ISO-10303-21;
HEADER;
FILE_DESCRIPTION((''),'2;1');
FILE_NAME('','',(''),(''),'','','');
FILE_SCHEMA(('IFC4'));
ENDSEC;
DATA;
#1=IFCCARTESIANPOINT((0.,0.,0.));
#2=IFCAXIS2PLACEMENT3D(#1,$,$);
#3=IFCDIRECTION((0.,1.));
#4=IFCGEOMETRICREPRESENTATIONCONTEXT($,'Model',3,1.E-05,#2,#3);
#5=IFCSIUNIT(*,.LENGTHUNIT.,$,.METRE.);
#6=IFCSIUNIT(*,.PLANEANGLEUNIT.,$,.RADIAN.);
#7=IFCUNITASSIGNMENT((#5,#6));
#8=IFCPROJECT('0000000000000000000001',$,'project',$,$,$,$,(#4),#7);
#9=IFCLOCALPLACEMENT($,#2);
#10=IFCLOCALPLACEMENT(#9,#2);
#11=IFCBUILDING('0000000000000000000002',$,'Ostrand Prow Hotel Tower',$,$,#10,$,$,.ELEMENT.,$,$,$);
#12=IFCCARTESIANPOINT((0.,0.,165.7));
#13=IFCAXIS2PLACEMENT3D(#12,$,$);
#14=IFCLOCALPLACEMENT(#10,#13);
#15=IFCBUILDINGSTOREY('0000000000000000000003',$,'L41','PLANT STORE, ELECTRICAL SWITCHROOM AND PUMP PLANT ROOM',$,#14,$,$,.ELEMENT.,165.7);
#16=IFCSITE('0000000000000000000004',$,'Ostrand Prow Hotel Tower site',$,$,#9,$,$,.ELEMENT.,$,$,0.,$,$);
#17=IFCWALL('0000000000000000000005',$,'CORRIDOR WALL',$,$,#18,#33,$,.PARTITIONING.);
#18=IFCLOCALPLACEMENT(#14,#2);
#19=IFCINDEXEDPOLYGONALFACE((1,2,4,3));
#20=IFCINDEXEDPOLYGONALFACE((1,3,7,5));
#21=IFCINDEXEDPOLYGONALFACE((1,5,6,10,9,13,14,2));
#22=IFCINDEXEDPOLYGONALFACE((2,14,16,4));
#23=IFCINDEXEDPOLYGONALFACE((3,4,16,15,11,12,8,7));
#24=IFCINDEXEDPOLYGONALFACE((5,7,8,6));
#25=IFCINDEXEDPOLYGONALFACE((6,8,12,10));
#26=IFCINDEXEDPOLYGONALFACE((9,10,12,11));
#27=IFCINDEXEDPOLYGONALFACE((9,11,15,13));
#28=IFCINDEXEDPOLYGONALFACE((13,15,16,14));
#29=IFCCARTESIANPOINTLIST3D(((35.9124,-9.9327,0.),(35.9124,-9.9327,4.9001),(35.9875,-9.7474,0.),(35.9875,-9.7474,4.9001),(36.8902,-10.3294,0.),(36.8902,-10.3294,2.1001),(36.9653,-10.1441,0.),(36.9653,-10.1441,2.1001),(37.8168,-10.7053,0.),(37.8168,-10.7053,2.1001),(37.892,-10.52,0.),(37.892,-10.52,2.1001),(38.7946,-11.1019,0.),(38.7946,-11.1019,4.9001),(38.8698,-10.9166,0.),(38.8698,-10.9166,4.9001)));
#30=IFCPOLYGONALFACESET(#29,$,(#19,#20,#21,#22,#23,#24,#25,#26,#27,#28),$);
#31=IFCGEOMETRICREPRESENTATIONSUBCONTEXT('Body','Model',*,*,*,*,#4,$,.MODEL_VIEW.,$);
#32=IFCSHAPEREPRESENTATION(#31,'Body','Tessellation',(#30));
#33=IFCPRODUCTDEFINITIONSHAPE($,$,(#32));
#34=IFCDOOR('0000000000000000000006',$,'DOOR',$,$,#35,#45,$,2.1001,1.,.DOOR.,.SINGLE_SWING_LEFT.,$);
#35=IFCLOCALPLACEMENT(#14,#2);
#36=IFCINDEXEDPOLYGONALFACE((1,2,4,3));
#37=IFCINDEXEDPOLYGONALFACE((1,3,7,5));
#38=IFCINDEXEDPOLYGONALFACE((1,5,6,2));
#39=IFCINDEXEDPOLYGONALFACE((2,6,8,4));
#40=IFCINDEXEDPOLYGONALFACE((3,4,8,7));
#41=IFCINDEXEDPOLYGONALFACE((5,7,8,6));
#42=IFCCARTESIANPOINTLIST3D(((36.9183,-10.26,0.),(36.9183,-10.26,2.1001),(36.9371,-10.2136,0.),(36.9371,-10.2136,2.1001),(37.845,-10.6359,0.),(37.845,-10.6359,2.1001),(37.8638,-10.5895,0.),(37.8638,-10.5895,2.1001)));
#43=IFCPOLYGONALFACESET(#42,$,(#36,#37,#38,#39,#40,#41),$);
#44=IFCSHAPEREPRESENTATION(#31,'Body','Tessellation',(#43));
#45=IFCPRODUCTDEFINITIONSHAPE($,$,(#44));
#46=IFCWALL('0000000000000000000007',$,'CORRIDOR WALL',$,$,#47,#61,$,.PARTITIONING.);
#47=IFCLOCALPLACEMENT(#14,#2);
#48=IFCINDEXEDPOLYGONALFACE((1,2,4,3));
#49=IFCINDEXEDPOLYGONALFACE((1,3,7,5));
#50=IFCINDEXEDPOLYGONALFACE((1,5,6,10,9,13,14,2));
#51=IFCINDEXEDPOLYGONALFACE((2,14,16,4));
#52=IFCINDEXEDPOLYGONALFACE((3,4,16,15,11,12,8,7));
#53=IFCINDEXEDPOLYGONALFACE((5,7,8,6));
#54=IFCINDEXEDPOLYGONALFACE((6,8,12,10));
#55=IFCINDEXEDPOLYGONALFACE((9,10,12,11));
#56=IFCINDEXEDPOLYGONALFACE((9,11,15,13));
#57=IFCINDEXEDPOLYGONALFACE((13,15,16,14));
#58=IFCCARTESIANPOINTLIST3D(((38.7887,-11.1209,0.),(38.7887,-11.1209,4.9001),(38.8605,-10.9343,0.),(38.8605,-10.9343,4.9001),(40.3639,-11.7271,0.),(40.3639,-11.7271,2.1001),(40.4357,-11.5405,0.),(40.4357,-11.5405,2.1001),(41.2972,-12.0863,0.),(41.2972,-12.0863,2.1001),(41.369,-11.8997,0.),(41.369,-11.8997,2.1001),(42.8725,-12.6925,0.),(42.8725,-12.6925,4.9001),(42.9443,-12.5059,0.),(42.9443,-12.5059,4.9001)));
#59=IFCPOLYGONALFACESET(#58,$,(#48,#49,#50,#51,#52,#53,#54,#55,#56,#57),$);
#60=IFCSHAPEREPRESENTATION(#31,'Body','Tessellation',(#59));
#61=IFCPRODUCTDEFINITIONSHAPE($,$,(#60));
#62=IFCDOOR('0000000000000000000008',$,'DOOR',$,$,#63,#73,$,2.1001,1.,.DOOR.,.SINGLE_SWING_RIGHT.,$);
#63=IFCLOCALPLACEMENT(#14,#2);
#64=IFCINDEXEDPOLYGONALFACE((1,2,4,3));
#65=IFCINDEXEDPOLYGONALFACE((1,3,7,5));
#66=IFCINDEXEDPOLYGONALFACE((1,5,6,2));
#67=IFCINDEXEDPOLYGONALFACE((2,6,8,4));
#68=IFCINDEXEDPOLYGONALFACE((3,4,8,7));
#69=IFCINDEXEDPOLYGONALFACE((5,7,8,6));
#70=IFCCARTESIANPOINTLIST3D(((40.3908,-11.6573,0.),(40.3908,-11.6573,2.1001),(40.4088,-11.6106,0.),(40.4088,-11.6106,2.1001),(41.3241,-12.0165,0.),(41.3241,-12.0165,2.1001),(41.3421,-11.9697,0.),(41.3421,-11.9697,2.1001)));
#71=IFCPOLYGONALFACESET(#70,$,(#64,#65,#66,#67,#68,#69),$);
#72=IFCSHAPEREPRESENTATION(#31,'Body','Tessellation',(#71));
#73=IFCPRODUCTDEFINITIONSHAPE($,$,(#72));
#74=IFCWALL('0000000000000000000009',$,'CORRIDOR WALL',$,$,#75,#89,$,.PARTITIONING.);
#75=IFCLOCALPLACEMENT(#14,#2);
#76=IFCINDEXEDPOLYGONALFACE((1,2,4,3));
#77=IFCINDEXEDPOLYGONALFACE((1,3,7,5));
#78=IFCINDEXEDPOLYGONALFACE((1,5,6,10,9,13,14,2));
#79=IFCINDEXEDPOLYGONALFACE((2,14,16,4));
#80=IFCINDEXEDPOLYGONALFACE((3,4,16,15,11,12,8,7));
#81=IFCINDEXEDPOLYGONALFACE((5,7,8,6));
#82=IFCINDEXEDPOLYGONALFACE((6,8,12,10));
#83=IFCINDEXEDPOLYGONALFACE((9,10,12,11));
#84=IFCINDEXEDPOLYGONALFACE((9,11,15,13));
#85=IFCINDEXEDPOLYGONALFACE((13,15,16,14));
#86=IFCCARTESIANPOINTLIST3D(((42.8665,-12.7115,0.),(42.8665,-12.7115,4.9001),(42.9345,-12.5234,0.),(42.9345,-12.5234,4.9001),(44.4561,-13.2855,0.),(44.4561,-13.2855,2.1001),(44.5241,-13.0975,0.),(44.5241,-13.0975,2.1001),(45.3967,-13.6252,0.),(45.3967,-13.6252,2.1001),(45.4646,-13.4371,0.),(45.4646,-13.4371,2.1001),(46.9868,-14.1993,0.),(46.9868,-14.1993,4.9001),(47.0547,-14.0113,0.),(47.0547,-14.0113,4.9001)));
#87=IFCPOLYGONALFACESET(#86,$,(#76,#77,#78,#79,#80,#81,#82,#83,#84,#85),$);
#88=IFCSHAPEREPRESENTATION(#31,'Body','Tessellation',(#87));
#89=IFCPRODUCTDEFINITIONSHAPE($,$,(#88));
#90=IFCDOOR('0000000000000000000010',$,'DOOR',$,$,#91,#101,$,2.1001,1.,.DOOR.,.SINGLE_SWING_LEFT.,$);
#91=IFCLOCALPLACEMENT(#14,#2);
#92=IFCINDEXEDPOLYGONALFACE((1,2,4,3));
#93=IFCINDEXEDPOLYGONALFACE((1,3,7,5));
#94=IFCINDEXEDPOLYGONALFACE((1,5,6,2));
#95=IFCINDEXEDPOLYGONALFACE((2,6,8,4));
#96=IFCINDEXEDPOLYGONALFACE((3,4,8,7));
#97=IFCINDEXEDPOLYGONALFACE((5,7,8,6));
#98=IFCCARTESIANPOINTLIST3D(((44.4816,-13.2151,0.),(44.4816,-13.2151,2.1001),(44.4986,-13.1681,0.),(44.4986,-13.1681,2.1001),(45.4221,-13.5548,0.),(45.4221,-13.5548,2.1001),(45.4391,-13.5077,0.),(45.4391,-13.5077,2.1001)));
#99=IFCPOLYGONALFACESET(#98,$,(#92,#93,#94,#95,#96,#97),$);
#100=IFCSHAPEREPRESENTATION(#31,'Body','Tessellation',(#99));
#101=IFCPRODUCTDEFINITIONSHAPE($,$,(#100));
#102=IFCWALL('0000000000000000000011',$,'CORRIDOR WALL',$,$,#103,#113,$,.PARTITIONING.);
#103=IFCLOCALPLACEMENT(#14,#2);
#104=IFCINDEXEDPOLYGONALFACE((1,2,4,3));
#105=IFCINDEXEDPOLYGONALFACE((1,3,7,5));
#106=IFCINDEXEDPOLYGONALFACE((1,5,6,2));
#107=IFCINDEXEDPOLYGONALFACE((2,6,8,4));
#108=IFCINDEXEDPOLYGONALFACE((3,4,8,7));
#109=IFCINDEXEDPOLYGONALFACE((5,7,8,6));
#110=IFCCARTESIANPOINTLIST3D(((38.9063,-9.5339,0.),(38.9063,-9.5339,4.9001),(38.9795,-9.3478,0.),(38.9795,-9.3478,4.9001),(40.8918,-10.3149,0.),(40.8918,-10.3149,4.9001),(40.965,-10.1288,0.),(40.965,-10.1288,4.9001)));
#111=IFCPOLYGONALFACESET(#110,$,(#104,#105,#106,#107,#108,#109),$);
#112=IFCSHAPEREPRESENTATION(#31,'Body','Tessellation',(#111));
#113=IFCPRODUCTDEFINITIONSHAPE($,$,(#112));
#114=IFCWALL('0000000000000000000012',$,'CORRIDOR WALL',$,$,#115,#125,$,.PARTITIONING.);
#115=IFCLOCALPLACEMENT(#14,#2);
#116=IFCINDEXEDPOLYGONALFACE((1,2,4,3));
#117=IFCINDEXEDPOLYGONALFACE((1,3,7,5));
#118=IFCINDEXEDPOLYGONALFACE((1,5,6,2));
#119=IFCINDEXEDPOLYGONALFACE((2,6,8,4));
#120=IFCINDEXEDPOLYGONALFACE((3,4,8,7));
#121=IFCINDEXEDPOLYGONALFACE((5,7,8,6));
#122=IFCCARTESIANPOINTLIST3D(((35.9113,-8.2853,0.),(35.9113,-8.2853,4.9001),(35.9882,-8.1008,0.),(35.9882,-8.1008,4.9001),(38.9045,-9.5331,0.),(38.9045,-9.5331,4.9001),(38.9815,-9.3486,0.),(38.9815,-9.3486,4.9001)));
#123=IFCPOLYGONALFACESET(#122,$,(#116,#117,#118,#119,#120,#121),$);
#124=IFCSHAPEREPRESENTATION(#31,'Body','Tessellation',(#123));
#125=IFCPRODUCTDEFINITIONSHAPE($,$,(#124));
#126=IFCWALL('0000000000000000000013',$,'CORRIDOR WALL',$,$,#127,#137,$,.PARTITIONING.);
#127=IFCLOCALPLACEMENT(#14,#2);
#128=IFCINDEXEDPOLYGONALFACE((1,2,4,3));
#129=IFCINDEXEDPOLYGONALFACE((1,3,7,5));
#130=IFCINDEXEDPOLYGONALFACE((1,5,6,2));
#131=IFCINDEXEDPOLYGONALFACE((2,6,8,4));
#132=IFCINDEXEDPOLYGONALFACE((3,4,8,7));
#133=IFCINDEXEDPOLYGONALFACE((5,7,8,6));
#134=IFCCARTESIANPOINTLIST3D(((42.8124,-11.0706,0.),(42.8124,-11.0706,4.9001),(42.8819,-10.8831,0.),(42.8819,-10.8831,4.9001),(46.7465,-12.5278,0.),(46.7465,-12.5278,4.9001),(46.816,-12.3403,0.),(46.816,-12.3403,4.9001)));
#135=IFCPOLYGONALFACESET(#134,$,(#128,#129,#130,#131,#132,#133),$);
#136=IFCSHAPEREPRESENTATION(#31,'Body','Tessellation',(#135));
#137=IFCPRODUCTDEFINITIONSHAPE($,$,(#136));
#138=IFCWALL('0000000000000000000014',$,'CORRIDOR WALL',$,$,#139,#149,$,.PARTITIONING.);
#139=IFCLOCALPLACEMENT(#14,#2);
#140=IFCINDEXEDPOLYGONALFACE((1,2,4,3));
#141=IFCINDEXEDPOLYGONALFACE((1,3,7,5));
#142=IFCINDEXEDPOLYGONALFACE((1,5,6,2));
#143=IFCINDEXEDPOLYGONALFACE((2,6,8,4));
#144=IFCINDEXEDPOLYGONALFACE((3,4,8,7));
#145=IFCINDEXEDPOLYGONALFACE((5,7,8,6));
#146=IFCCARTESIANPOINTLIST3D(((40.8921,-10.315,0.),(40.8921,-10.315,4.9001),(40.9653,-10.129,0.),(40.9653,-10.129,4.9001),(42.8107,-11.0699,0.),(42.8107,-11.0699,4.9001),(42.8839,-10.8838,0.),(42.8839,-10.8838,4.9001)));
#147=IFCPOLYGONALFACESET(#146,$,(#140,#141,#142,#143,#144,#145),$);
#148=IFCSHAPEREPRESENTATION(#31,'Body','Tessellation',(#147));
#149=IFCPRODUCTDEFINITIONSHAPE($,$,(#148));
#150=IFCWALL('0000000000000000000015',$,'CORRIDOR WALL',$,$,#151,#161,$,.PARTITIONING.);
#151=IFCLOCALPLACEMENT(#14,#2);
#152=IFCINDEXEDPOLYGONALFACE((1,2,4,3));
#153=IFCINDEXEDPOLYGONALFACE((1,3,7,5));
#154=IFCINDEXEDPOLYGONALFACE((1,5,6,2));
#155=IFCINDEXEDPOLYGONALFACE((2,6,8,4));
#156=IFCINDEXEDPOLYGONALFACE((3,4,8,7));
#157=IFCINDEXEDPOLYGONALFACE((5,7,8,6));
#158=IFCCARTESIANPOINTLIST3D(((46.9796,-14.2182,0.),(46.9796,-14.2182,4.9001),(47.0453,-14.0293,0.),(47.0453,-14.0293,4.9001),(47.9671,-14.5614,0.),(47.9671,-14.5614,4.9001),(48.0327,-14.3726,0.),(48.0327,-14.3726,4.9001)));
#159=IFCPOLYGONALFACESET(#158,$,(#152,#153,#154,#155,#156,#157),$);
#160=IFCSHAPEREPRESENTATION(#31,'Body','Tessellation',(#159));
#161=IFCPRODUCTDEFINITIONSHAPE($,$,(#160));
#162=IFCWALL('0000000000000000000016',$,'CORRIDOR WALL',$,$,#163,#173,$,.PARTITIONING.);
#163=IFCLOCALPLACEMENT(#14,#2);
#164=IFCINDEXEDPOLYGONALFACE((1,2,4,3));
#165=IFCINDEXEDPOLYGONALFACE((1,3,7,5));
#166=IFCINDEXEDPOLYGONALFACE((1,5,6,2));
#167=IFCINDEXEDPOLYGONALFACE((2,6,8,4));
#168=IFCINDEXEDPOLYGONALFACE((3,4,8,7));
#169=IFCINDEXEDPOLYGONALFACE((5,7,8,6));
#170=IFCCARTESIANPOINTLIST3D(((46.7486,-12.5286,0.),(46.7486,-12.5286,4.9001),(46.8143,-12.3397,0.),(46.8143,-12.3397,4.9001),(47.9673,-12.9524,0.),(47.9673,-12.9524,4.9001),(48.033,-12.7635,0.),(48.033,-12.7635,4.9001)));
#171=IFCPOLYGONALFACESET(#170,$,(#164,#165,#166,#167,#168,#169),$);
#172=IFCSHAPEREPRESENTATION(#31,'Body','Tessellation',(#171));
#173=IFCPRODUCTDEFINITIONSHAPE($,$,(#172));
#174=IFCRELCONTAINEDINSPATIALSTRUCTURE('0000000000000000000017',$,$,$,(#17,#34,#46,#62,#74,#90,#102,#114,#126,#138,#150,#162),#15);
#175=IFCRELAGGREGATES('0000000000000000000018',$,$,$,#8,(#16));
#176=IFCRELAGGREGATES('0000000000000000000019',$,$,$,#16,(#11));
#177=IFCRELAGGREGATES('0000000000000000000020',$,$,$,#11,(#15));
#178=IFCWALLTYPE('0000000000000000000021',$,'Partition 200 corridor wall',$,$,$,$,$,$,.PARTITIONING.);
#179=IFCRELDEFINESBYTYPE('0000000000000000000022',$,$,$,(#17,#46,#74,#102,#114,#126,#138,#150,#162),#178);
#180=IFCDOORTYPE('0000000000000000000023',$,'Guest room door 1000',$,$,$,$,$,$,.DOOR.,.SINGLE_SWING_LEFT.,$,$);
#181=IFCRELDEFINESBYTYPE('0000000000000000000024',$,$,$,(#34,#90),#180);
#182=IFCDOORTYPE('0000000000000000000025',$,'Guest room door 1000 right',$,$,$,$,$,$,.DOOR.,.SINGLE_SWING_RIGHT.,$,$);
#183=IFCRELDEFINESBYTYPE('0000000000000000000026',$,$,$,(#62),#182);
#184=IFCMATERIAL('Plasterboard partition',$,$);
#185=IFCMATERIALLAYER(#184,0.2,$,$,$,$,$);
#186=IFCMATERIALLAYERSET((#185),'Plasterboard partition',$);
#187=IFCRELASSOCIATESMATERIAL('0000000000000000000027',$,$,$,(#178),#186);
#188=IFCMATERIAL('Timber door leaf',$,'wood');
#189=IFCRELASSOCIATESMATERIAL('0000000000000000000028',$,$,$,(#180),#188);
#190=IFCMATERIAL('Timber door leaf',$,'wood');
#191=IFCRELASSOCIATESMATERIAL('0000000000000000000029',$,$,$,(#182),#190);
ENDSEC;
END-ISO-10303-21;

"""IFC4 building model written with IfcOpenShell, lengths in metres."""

from ifc_helpers import new_model, si_unit, direction, frame, frame_2d, origin, place, context, subcontext, project, spatial, rectangle, extrude, material, layer, layer_set, type_object, element, fill, save


model = new_model("IFC4")

# Units and contexts
model_context = context("Model", 3, precision=1e-05, world=origin(), true_north=direction((0.0, 1.0)))
body_context = subcontext(model_context, "Body", "Model", "MODEL_VIEW")
ifc_project = project(units=[si_unit("LENGTHUNIT", "METRE"), si_unit("PLANEANGLEUNIT", "RADIAN")], contexts=[model_context])

# Site, building, storey
site_placement = place(None, origin())
site = spatial("IfcSite", under=ifc_project, at=site_placement, Name="Ostrand Prow Hotel Tower site", CompositionType="ELEMENT", RefElevation=0.0)
building_placement = place(site_placement, origin())
building = spatial("IfcBuilding", under=site, at=building_placement, Name="Ostrand Prow Hotel Tower", CompositionType="ELEMENT")
storey_placement = place(building_placement, frame((0.0, 0.0, 165.7)))
storey = spatial("IfcBuildingStorey", under=building, at=storey_placement, Name="L41", Description="PLANT STORE, ELECTRICAL SWITCHROOM AND PUMP PLANT ROOM", CompositionType="ELEMENT", Elevation=165.7)

# Walls, openings, doors
ifc_material_1 = material(Name="Plasterboard partition")
ifc_layer_1 = layer(ifc_material_1, 0.2)
ifc_layer_set_1 = layer_set([ifc_layer_1], Name="Plasterboard partition")
wall_type_1 = type_object("IfcWallType", Name="Partition 200 corridor wall", PredefinedType="PARTITIONING", material=ifc_layer_set_1)
wall_1_placement = place(storey_placement, frame((35.95, -9.8401, 0.0), z_axis=(0.0, 0.0, 1.0), x_axis=(0.926663, -0.375893, 0.0)))
wall_1 = element("IfcWall", 1, at=wall_1_placement, inside=storey, type_object=wall_type_1, Name="CORRIDOR WALL", PredefinedType="PARTITIONING", context=body_context, shape_type="SweptSolid", body=[
    extrude(rectangle(XDim=3.1104, YDim=0.2, at=frame_2d((1.5552, 0.0))), origin(), (0.0, 0.0, 1.0), 4.9001),
])
opening_1_placement = place(wall_1_placement, frame((1.0552, 0.0, 0.0)))
opening_1 = element("IfcOpeningElement", 2, at=opening_1_placement, cuts=wall_1, PredefinedType="OPENING", context=body_context, shape_type="SweptSolid", body=[
    extrude(rectangle(XDim=1.0, YDim=2.1001, at=frame_2d((0.5, 1.05))), frame((0.0, 0.1099, 0.0), z_axis=(0.0, -1.0, 0.0), x_axis=(1.0, 0.0, 0.0)), (0.0, 0.0, 1.0), 0.22),
])
ifc_material_2 = material(Name="Timber door leaf", Category="wood")
door_type_1 = type_object("IfcDoorType", Name="Guest room door 1000", OperationType="SINGLE_SWING_LEFT", PredefinedType="DOOR", material=ifc_material_2)
door_1_placement = place(opening_1_placement, origin())
door_1 = element("IfcDoor", 3, at=door_1_placement, inside=storey, type_object=door_type_1, Name="DOOR", OperationType="SINGLE_SWING_LEFT", OverallHeight=2.1001, OverallWidth=1.0, PredefinedType="DOOR", context=body_context, shape_type="SweptSolid", body=[
    extrude(rectangle(XDim=1.0, YDim=2.1001, at=frame_2d((0.5, 1.05))), frame((0.0, 0.0249, 0.0), z_axis=(0.0, -1.0, 0.0), x_axis=(1.0, 0.0, 0.0)), (0.0, 0.0, 1.0), 0.05),
])
fill(opening_1, door_1)
wall_2_placement = place(storey_placement, frame((38.8245, -11.0276, 0.0), z_axis=(0.0, 0.0, 1.0), x_axis=(0.933279, -0.359151, 0.0)))
wall_2 = element("IfcWall", 4, at=wall_2_placement, inside=storey, type_object=wall_type_1, Name="CORRIDOR WALL", PredefinedType="PARTITIONING", context=body_context, shape_type="SweptSolid", body=[
    extrude(rectangle(XDim=4.3757, YDim=0.2, at=frame_2d((2.188, 0.0))), origin(), (0.0, 0.0, 1.0), 4.9001),
])
opening_2_placement = place(wall_2_placement, frame((1.688, 0.0, 0.0)))
opening_2 = element("IfcOpeningElement", 5, at=opening_2_placement, cuts=wall_2, PredefinedType="OPENING", context=body_context, shape_type="SweptSolid", body=[
    extrude(rectangle(XDim=1.0, YDim=2.1001, at=frame_2d((0.5, 1.05))), frame((0.0, 0.1099, 0.0), z_axis=(0.0, -1.0, 0.0), x_axis=(1.0, 0.0, 0.0)), (0.0, 0.0, 1.0), 0.22),
])
ifc_material_3 = material(Name="Timber door leaf", Category="wood")
door_type_2 = type_object("IfcDoorType", Name="Guest room door 1000 right", OperationType="SINGLE_SWING_RIGHT", PredefinedType="DOOR", material=ifc_material_3)
door_2_placement = place(opening_2_placement, origin())
door_2 = element("IfcDoor", 6, at=door_2_placement, inside=storey, type_object=door_type_2, Name="DOOR", OperationType="SINGLE_SWING_RIGHT", OverallHeight=2.1001, OverallWidth=1.0, PredefinedType="DOOR", context=body_context, shape_type="SweptSolid", body=[
    extrude(rectangle(XDim=1.0, YDim=2.1001, at=frame_2d((0.5, 1.05))), frame((0.0, 0.0249, 0.0), z_axis=(0.0, -1.0, 0.0), x_axis=(1.0, 0.0, 0.0)), (0.0, 0.0, 1.0), 0.05),
])
fill(opening_2, door_2)
wall_3_placement = place(storey_placement, frame((42.9004, -12.6174, 0.0), z_axis=(0.0, 0.0, 1.0), x_axis=(0.940556, -0.339639, 0.0)))
wall_3 = element("IfcWall", 7, at=wall_3_placement, inside=storey, type_object=wall_type_1, Name="CORRIDOR WALL", PredefinedType="PARTITIONING", context=body_context, shape_type="SweptSolid", body=[
    extrude(rectangle(XDim=4.3806, YDim=0.2, at=frame_2d((2.1904, 0.0))), origin(), (0.0, 0.0, 1.0), 4.9001),
])
opening_3_placement = place(wall_3_placement, frame((1.6902, 0.0, 0.0)))
opening_3 = element("IfcOpeningElement", 8, at=opening_3_placement, cuts=wall_3, PredefinedType="OPENING", context=body_context, shape_type="SweptSolid", body=[
    extrude(rectangle(XDim=1.0, YDim=2.1001, at=frame_2d((0.5, 1.05))), frame((0.0, 0.1099, 0.0), z_axis=(0.0, -1.0, 0.0), x_axis=(1.0, 0.0, 0.0)), (0.0, 0.0, 1.0), 0.22),
])
door_3_placement = place(opening_3_placement, origin())
door_3 = element("IfcDoor", 9, at=door_3_placement, inside=storey, type_object=door_type_1, Name="DOOR", OperationType="SINGLE_SWING_LEFT", OverallHeight=2.1001, OverallWidth=1.0, PredefinedType="DOOR", context=body_context, shape_type="SweptSolid", body=[
    extrude(rectangle(XDim=1.0, YDim=2.1001, at=frame_2d((0.5, 1.05))), frame((0.0, 0.0249, 0.0), z_axis=(0.0, -1.0, 0.0), x_axis=(1.0, 0.0, 0.0)), (0.0, 0.0, 1.0), 0.05),
])
fill(opening_3, door_3)

# Walls
wall_4_placement = place(storey_placement, frame((40.9285, -10.2219, 0.0), z_axis=(0.0, 0.0, 1.0), x_axis=(-0.930584, 0.366077, 0.0)))
element("IfcWall", 10, at=wall_4_placement, inside=storey, type_object=wall_type_1, Name="CORRIDOR WALL", PredefinedType="PARTITIONING", context=body_context, shape_type="SweptSolid", body=[
    extrude(rectangle(XDim=2.1335, YDim=0.2, at=frame_2d((1.0669, 0.0))), origin(), (0.0, 0.0, 1.0), 4.9001),
])
wall_5_placement = place(storey_placement, frame((38.9431, -9.4409, 0.0), z_axis=(0.0, 0.0, 1.0), x_axis=(-0.923006, 0.384786, 0.0)))
element("IfcWall", 11, at=wall_5_placement, inside=storey, type_object=wall_type_1, Name="CORRIDOR WALL", PredefinedType="PARTITIONING", context=body_context, shape_type="SweptSolid", body=[
    extrude(rectangle(XDim=3.2429, YDim=0.2, at=frame_2d((1.6216, 0.0))), origin(), (0.0, 0.0, 1.0), 4.9001),
])
wall_6_placement = place(storey_placement, frame((46.7812, -12.4341, 0.0), z_axis=(0.0, 0.0, 1.0), x_axis=(-0.937733, 0.347358, 0.0)))
element("IfcWall", 12, at=wall_6_placement, inside=storey, type_object=wall_type_1, Name="CORRIDOR WALL", PredefinedType="PARTITIONING", context=body_context, shape_type="SweptSolid", body=[
    extrude(rectangle(XDim=4.1953, YDim=0.2, at=frame_2d((2.0977, 0.0))), origin(), (0.0, 0.0, 1.0), 4.9001),
])
wall_7_placement = place(storey_placement, frame((42.8472, -10.9768, 0.0), z_axis=(0.0, 0.0, 1.0), x_axis=(-0.930569, 0.366118, 0.0)))
element("IfcWall", 13, at=wall_7_placement, inside=storey, type_object=wall_type_1, Name="CORRIDOR WALL", PredefinedType="PARTITIONING", context=body_context, shape_type="SweptSolid", body=[
    extrude(rectangle(XDim=2.0618, YDim=0.2, at=frame_2d((1.0308, 0.0))), origin(), (0.0, 0.0, 1.0), 4.9001),
])
wall_8_placement = place(storey_placement, frame((47.0125, -14.1238, 0.0), z_axis=(0.0, 0.0, 1.0), x_axis=(0.944566, -0.328321, 0.0)))
element("IfcWall", 14, at=wall_8_placement, inside=storey, type_object=wall_type_1, Name="CORRIDOR WALL", PredefinedType="PARTITIONING", context=body_context, shape_type="SweptSolid", body=[
    extrude(rectangle(XDim=1.0454, YDim=0.2, at=frame_2d((0.5227, 0.0))), origin(), (0.0, 0.0, 1.0), 4.9001),
])
wall_9_placement = place(storey_placement, frame((48.0, -12.8579, 0.0), z_axis=(0.0, 0.0, 1.0), x_axis=(-0.944517, 0.328462, 0.0)))
element("IfcWall", 15, at=wall_9_placement, inside=storey, type_object=wall_type_1, Name="CORRIDOR WALL", PredefinedType="PARTITIONING", context=body_context, shape_type="SweptSolid", body=[
    extrude(rectangle(XDim=1.2903, YDim=0.2, at=frame_2d((0.645, 0.0))), origin(), (0.0, 0.0, 1.0), 4.9001),
])

save(model, "model.ifc")
